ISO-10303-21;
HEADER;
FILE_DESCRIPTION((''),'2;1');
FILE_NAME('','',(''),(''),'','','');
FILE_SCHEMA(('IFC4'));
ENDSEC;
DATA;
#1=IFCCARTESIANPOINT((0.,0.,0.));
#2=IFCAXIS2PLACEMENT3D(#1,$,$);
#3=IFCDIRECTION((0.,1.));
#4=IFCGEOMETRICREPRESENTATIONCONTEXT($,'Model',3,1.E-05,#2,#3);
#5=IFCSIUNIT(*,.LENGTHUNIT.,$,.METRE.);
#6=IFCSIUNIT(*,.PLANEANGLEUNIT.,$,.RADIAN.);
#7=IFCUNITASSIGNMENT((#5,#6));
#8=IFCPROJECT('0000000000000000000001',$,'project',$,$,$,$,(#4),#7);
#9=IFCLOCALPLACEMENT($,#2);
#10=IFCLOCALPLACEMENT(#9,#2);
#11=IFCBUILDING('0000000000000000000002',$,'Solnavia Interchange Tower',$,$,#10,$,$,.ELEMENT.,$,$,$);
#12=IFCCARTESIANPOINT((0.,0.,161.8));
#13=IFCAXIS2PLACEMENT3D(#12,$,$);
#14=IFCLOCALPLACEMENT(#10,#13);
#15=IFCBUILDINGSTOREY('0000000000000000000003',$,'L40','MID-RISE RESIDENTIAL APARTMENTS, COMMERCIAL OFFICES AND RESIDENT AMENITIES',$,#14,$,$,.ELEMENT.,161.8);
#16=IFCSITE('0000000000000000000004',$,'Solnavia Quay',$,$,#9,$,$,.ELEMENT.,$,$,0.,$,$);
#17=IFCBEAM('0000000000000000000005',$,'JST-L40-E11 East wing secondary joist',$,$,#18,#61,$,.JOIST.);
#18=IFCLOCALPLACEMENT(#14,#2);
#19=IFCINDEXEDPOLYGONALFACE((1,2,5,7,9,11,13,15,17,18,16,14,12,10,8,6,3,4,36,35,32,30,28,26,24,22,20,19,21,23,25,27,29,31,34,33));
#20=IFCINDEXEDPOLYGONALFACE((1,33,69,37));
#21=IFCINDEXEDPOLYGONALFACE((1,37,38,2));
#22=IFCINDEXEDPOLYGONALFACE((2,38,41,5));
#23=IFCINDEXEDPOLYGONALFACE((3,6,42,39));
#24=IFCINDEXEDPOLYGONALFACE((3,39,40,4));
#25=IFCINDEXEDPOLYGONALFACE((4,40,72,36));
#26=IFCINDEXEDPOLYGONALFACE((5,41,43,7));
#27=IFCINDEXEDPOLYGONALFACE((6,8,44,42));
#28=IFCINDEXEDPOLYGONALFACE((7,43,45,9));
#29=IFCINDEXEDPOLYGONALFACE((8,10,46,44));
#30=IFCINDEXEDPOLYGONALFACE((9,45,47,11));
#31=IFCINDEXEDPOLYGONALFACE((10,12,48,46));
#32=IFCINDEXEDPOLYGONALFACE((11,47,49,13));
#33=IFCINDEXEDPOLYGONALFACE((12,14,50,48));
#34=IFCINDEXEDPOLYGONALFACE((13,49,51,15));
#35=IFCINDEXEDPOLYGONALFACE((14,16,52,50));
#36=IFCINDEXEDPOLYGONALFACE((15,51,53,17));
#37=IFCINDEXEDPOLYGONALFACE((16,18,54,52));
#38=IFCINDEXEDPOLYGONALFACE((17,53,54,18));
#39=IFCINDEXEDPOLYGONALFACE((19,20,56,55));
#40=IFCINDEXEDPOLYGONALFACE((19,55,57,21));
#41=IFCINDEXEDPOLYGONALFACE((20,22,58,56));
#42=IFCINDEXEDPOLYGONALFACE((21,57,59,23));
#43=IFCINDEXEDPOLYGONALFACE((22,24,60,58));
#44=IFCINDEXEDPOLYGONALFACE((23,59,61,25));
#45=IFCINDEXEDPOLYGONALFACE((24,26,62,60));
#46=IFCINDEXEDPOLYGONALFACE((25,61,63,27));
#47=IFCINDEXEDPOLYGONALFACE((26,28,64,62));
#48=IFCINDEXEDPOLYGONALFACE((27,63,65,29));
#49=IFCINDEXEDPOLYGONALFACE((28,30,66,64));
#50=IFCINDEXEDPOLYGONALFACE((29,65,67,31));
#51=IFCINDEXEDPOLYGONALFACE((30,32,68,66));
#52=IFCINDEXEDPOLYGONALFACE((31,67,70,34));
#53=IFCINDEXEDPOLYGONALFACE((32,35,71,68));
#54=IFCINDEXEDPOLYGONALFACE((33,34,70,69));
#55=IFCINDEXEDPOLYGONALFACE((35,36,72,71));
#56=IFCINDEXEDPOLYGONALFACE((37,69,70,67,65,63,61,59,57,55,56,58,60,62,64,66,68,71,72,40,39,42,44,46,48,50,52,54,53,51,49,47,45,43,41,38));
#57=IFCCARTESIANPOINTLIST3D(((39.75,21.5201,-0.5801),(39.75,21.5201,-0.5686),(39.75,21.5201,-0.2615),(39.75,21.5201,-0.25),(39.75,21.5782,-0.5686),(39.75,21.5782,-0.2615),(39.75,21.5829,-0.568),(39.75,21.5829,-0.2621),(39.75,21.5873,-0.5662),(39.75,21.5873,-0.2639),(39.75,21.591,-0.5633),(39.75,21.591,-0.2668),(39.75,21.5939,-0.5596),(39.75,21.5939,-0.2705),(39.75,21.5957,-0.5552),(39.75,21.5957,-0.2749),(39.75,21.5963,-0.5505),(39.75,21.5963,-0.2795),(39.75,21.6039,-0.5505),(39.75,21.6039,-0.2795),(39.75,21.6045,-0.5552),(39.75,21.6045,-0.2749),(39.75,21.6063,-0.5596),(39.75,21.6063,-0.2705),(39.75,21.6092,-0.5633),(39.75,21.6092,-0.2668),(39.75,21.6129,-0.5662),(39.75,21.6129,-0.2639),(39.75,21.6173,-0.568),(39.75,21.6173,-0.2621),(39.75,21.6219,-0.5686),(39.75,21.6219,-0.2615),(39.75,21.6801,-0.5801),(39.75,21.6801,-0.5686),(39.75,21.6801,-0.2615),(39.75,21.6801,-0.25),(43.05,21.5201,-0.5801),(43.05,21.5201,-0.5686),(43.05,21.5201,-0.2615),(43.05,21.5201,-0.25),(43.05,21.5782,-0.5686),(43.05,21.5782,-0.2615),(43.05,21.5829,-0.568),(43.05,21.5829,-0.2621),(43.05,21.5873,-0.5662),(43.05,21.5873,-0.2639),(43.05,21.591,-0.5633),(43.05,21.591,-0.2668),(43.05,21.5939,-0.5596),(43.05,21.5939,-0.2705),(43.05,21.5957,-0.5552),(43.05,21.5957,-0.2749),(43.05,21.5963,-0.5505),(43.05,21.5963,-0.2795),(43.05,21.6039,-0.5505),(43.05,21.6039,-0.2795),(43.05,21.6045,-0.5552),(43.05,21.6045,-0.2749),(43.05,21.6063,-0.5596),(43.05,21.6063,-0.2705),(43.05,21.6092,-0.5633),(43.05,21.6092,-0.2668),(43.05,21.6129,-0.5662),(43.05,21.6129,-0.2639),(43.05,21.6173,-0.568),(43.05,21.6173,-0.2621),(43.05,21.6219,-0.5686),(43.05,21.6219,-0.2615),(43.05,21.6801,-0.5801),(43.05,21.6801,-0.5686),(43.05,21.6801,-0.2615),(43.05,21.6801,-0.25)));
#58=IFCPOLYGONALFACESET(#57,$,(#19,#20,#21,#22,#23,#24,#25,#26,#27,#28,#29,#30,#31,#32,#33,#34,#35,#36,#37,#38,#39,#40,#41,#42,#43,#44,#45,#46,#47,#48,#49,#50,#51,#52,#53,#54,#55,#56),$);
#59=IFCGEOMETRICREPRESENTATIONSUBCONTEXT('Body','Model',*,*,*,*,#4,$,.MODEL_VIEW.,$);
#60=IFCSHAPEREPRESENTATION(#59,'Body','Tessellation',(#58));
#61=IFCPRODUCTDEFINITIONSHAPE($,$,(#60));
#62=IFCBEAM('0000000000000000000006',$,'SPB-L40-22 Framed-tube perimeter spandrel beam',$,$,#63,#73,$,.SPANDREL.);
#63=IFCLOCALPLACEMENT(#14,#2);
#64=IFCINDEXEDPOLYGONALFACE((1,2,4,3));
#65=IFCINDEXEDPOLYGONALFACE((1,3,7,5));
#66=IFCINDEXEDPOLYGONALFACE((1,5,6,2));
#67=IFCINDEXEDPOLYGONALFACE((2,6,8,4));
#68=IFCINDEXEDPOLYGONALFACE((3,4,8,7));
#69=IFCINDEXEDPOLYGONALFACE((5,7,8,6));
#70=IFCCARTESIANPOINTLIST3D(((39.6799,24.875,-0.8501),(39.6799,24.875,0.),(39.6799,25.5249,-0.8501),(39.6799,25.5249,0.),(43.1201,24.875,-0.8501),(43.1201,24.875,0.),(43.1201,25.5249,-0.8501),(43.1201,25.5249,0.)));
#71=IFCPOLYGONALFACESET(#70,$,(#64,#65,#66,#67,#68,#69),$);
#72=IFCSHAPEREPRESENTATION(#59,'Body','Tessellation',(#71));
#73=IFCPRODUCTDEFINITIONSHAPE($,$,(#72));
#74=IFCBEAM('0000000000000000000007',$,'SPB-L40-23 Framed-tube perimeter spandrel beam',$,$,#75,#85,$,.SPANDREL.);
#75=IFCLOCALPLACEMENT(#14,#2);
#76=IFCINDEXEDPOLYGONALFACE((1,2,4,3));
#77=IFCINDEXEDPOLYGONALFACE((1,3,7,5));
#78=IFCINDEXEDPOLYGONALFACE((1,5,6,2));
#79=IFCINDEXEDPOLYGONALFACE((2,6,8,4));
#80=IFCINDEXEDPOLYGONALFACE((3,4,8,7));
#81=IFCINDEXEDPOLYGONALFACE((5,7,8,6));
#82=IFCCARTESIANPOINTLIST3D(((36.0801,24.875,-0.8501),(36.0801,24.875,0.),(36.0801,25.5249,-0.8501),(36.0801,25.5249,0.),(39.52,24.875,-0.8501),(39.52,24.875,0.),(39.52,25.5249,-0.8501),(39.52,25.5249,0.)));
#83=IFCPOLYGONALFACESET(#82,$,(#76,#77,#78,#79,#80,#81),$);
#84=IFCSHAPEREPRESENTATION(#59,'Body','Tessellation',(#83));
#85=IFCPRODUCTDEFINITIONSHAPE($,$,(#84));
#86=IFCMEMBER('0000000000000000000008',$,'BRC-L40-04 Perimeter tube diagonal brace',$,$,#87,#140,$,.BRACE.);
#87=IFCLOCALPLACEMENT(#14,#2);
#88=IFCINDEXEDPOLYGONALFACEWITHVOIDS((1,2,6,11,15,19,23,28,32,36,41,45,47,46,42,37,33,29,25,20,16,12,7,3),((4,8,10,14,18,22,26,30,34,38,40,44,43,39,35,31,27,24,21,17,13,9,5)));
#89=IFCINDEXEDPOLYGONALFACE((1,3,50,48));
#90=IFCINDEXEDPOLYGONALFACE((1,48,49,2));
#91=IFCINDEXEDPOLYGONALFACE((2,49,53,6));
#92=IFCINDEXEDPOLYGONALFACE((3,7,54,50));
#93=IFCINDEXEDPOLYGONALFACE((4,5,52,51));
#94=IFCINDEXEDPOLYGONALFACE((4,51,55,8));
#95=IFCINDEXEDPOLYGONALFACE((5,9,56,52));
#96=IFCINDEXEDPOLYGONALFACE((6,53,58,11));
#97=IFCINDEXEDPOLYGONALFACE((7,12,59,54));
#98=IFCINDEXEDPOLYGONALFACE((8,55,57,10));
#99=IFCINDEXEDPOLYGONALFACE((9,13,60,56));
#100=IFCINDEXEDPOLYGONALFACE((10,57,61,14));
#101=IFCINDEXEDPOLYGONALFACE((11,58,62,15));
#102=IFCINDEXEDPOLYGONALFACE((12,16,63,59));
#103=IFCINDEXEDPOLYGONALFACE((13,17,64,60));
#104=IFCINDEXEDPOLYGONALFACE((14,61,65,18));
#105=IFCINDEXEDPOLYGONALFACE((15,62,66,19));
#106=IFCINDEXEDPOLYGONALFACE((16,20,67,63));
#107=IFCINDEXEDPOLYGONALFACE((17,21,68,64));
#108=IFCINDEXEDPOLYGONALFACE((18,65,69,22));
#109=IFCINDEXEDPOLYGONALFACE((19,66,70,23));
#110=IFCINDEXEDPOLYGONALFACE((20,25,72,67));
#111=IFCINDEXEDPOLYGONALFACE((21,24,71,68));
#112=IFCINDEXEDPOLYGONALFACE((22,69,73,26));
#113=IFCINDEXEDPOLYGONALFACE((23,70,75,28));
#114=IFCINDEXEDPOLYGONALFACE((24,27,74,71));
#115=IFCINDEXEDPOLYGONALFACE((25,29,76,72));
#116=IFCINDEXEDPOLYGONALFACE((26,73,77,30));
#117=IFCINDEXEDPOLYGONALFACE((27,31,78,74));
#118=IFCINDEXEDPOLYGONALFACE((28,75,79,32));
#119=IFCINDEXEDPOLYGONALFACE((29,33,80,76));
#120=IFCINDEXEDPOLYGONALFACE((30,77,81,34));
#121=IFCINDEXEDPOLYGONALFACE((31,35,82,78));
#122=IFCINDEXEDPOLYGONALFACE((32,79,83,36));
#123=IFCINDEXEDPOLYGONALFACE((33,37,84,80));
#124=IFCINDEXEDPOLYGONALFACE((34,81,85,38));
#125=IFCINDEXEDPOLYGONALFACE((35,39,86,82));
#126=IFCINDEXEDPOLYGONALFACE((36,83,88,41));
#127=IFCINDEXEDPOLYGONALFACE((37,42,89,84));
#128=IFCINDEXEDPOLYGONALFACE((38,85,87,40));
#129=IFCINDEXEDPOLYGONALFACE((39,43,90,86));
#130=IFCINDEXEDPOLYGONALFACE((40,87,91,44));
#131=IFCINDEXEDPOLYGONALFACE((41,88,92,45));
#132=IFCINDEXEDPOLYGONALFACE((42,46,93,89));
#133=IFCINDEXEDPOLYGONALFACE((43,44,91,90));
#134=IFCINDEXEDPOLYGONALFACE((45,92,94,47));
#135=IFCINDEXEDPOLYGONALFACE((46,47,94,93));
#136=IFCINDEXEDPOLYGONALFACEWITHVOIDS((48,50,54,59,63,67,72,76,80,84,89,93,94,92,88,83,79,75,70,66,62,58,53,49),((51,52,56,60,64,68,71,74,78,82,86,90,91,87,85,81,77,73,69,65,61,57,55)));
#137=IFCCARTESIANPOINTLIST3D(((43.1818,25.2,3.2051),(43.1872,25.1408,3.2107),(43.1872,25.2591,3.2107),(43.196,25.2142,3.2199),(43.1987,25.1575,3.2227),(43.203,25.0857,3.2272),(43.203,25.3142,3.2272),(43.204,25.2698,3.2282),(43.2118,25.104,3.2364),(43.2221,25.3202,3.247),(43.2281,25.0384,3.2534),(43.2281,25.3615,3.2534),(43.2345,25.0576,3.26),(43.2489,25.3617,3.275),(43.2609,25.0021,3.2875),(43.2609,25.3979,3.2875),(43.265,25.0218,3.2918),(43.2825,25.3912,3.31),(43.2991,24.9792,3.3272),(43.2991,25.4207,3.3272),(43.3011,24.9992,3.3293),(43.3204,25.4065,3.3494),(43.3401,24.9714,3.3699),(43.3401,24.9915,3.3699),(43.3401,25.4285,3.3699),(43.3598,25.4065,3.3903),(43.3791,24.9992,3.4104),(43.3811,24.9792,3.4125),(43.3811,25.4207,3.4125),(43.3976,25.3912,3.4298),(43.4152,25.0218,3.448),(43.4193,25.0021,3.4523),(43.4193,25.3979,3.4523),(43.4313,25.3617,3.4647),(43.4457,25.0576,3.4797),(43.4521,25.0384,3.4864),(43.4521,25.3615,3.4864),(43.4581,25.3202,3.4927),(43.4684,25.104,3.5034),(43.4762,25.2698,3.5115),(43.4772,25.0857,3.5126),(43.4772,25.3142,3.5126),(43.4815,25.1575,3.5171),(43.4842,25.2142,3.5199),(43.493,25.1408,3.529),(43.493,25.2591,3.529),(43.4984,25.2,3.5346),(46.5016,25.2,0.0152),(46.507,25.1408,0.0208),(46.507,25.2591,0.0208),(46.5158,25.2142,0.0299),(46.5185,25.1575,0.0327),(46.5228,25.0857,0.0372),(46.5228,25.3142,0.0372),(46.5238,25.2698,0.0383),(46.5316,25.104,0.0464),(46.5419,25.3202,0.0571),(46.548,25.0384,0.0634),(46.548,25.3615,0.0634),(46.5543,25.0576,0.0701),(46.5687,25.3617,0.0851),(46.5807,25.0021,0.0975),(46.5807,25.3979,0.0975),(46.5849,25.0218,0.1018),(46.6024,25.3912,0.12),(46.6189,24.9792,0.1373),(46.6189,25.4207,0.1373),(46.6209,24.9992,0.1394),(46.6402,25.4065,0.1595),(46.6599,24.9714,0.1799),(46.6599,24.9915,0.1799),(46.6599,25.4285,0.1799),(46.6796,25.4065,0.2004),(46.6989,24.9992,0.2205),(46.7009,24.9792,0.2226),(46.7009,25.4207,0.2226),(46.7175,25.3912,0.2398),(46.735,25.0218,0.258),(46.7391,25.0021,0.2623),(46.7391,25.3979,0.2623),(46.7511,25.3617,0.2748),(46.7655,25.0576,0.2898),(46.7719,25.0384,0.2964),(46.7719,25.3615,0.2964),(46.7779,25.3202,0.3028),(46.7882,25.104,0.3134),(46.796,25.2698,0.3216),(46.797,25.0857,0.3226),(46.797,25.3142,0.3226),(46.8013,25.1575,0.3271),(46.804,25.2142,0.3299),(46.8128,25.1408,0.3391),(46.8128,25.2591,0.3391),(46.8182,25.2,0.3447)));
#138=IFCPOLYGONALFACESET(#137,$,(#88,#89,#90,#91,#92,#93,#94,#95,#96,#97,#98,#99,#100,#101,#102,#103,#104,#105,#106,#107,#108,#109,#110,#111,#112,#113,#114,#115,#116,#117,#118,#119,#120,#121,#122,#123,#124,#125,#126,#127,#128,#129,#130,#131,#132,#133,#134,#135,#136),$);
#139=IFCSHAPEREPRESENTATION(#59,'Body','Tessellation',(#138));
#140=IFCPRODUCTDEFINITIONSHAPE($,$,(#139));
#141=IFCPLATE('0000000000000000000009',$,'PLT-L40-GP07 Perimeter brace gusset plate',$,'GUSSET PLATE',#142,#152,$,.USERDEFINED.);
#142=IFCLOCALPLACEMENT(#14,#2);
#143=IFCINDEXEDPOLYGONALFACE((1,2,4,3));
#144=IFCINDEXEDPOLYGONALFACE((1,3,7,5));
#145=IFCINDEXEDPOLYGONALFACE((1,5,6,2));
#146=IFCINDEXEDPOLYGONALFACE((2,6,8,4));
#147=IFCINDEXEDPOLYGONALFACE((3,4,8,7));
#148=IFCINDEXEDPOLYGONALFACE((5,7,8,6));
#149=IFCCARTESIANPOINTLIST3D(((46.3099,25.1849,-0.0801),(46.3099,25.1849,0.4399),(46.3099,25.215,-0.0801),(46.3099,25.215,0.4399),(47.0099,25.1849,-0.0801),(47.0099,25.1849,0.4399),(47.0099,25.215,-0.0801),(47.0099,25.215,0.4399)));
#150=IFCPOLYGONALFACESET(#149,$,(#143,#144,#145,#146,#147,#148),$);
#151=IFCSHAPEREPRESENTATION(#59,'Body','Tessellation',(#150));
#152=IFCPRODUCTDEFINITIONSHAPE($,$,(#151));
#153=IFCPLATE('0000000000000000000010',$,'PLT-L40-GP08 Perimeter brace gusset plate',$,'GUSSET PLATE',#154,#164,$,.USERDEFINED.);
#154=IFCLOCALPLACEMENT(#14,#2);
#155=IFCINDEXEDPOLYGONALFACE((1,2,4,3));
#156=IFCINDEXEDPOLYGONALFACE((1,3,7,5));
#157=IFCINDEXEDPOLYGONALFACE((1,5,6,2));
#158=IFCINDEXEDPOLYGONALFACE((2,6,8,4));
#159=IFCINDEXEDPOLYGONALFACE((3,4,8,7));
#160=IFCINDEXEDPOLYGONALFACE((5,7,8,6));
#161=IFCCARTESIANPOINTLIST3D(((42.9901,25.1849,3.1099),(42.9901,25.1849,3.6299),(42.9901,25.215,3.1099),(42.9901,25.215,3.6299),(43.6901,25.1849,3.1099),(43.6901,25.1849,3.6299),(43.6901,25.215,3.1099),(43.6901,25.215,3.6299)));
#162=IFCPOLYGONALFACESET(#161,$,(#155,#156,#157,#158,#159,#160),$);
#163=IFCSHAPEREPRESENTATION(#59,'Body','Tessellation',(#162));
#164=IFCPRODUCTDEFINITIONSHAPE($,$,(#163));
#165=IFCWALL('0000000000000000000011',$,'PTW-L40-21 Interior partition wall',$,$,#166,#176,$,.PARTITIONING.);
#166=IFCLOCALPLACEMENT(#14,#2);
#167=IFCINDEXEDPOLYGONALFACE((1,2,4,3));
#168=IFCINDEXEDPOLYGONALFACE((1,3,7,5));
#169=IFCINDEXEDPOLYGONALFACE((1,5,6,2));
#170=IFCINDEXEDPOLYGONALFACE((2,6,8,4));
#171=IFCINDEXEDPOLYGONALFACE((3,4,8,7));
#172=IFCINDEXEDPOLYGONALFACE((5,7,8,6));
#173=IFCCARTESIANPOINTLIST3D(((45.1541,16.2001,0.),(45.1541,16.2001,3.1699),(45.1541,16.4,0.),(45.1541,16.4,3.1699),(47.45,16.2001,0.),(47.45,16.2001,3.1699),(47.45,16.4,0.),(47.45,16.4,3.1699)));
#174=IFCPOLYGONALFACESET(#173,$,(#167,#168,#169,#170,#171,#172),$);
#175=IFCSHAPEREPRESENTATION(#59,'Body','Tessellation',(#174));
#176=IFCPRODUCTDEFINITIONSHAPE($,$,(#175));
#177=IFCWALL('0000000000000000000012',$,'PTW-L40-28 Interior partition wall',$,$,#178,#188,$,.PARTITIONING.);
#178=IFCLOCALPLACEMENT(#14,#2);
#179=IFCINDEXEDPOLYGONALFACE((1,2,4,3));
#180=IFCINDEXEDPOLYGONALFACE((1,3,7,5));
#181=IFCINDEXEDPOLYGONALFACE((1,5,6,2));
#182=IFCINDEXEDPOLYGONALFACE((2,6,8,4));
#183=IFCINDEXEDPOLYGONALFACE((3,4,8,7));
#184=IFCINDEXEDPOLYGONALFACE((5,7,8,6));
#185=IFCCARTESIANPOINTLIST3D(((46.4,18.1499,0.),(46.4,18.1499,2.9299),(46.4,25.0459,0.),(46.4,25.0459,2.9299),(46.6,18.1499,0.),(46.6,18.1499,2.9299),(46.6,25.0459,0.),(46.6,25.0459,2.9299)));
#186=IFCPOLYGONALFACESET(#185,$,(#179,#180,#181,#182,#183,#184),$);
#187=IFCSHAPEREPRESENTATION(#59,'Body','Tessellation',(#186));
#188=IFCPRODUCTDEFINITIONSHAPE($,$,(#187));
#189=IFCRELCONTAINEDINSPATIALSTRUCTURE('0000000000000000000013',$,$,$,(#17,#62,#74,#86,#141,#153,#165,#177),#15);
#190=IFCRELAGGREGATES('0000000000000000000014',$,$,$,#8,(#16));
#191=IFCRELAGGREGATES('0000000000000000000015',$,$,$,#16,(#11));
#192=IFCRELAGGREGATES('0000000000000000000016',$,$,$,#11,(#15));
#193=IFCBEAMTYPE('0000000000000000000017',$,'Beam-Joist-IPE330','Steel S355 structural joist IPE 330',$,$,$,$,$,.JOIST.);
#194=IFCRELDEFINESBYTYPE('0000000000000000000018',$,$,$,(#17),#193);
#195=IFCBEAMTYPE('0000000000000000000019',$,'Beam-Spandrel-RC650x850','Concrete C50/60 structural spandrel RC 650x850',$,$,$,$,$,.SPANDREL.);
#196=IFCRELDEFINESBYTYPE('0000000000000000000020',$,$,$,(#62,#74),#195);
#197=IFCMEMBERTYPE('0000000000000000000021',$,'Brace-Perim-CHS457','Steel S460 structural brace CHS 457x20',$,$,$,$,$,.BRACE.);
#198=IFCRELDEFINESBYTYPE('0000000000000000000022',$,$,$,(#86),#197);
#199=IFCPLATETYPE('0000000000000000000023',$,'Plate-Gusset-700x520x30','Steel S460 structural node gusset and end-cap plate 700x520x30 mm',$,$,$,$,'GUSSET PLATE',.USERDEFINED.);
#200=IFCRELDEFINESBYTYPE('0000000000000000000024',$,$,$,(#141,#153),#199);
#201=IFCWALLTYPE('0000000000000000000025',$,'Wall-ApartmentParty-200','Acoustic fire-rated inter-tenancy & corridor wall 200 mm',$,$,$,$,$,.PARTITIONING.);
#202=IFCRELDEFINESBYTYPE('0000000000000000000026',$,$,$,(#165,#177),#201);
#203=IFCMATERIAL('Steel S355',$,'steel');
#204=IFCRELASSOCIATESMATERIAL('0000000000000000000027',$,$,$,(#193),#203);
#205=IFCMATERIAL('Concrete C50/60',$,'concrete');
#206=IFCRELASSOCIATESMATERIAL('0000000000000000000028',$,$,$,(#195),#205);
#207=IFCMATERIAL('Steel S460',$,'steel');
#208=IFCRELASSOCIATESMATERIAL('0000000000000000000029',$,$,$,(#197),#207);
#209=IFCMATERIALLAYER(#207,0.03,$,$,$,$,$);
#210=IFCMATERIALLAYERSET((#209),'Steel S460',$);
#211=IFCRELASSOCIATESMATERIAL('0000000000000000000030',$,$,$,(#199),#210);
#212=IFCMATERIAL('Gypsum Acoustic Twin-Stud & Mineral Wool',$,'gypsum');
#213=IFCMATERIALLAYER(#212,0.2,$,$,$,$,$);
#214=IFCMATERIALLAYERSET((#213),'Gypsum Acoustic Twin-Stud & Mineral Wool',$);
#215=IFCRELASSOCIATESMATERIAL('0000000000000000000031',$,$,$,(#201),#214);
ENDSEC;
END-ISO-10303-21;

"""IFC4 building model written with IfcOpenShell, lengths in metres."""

from ifc_helpers import new_model, si_unit, direction, frame, frame_2d, origin, origin_2d, place, context, subcontext, project, spatial, rectangle, hollow_circle, i_section, extrude, material, layer, layer_set, material_profile, profile_set, type_object, element, save


model = new_model("IFC4")

# Units and contexts
model_context = context("Model", 3, precision=1e-05, world=origin(), true_north=direction((0.0, 1.0)))
body_context = subcontext(model_context, "Body", "Model", "MODEL_VIEW")
ifc_project = project(units=[si_unit("LENGTHUNIT", "METRE"), si_unit("PLANEANGLEUNIT", "RADIAN")], contexts=[model_context])

# Site, building, storey
site_placement = place(None, origin())
site = spatial("IfcSite", under=ifc_project, at=site_placement, Name="Solnavia Quay", CompositionType="ELEMENT", RefElevation=0.0)
building_placement = place(site_placement, origin())
building = spatial("IfcBuilding", under=site, at=building_placement, Name="Solnavia Interchange Tower", CompositionType="ELEMENT")
storey_placement = place(building_placement, frame((0.0, 0.0, 161.8)))
storey = spatial("IfcBuildingStorey", under=building, at=storey_placement, Name="L40", Description="MID-RISE RESIDENTIAL APARTMENTS, COMMERCIAL OFFICES AND RESIDENT AMENITIES", CompositionType="ELEMENT", Elevation=161.8)

# Shared definitions
ifc_material_1 = material(Name="Concrete C50/60", Category="concrete")

# Beams
ifc_material_2 = material(Name="Steel S355", Category="steel")
ifc_material_profile_1 = material_profile(ifc_material_2, i_section(OverallWidth=0.1599, OverallDepth=0.3301, WebThickness=0.0076, FlangeThickness=0.0115, FilletRadius=0.0181, at=origin_2d()), Name="IPE 330")
ifc_profile_set_1 = profile_set([ifc_material_profile_1], Name="Steel S355")
beam_type_1 = type_object("IfcBeamType", Name="Beam-Joist-IPE330", Description="Steel S355 structural joist IPE 330", PredefinedType="JOIST", material=ifc_profile_set_1)
for number, where, z_axis, x_axis, name in (
    (1, (39.75, 21.6001, -0.415), (1.0, 0.0, 0.0), (0.0, 1.0, 0.0), "JST-L40-E11 East wing secondary joist"),
):
    element("IfcBeam", number, at=place(storey_placement, frame(where, z_axis=z_axis, x_axis=x_axis)), inside=storey, type_object=beam_type_1, Name=name, PredefinedType="JOIST", context=body_context, shape_type="SweptSolid", body=[
        extrude(i_section(OverallWidth=0.1599, OverallDepth=0.3301, WebThickness=0.0076, FlangeThickness=0.0115, FilletRadius=0.0181, at=origin_2d()), origin(), (0.0, 0.0, 1.0), 3.3),
    ])
ifc_material_profile_2 = material_profile(ifc_material_1, rectangle(XDim=0.6499, YDim=0.8501, at=origin_2d()), Name="RC 650x850")
ifc_profile_set_2 = profile_set([ifc_material_profile_2], Name="Concrete C50/60")
beam_type_2 = type_object("IfcBeamType", Name="Beam-Spandrel-RC650x850", Description="Concrete C50/60 structural spandrel RC 650x850", PredefinedType="SPANDREL", material=ifc_profile_set_2)
beam_1_placement = place(storey_placement, frame((43.1201, 25.2, -0.425), z_axis=(-1.0, 0.0, 0.0), x_axis=(0.0, -1.0, 0.0)))
element("IfcBeam", 2, at=beam_1_placement, inside=storey, type_object=beam_type_2, Name="SPB-L40-22 Framed-tube perimeter spandrel beam", PredefinedType="SPANDREL", context=body_context, shape_type="SweptSolid", body=[
    extrude(rectangle(XDim=0.6499, YDim=0.8501, at=origin_2d()), origin(), (0.0, 0.0, 1.0), 3.4402),
])
beam_2_placement = place(storey_placement, frame((39.52, 25.2, -0.425), z_axis=(-1.0, 0.0, 0.0), x_axis=(0.0, -1.0, 0.0)))
element("IfcBeam", 3, at=beam_2_placement, inside=storey, type_object=beam_type_2, Name="SPB-L40-23 Framed-tube perimeter spandrel beam", PredefinedType="SPANDREL", context=body_context, shape_type="SweptSolid", body=[
    extrude(rectangle(XDim=0.6499, YDim=0.8501, at=origin_2d()), origin(), (0.0, 0.0, 1.0), 3.4399),
])

# Member
ifc_material_3 = material(Name="Steel S460", Category="steel")
ifc_material_profile_3 = material_profile(ifc_material_3, hollow_circle(Radius=0.2285, WallThickness=0.02, at=origin_2d()), Name="CHS 457x20")
ifc_profile_set_3 = profile_set([ifc_material_profile_3], Name="Steel S460")
member_type = type_object("IfcMemberType", Name="Brace-Perim-CHS457", Description="Steel S460 structural brace CHS 457x20", PredefinedType="BRACE", material=ifc_profile_set_3)
member_placement = place(storey_placement, frame((46.6599, 25.2, 0.1799), z_axis=(-0.721071, 0.0, 0.692861), x_axis=(0.0, -1.0, 0.0)))
element("IfcMember", 4, at=member_placement, inside=storey, type_object=member_type, Name="BRC-L40-04 Perimeter tube diagonal brace", PredefinedType="BRACE", context=body_context, shape_type="SweptSolid", body=[
    extrude(hollow_circle(Radius=0.2285, WallThickness=0.02, at=origin_2d()), origin(), (0.0, 0.0, 1.0), 4.604),
])

# Plates
ifc_layer_1 = layer(ifc_material_3, 0.03)
ifc_layer_set_1 = layer_set([ifc_layer_1], Name="Steel S460")
plate_type = type_object("IfcPlateType", Name="Plate-Gusset-700x520x30", Description="Steel S460 structural node gusset and end-cap plate 700x520x30 mm", ElementType="GUSSET PLATE", PredefinedType="USERDEFINED", material=ifc_layer_set_1)
for number, where, z_axis, x_axis, name in (
    (5, (46.6599, 25.2, -0.0801), (0.0, 0.0, 1.0), (-1.0, 0.0, 0.0), "PLT-L40-GP07 Perimeter brace gusset plate"),
    (6, (43.3401, 25.2, 3.1099), (0.0, 0.0, 1.0), (-1.0, 0.0, 0.0), "PLT-L40-GP08 Perimeter brace gusset plate"),
):
    element("IfcPlate", number, at=place(storey_placement, frame(where, z_axis=z_axis, x_axis=x_axis)), inside=storey, type_object=plate_type, Name=name, ObjectType="GUSSET PLATE", PredefinedType="USERDEFINED", context=body_context, shape_type="SweptSolid", body=[
        extrude(rectangle(XDim=0.7, YDim=0.03, at=origin_2d()), origin(), (0.0, 0.0, 1.0), 0.52),
    ])

# Walls
ifc_material_4 = material(Name="Gypsum Acoustic Twin-Stud & Mineral Wool", Category="gypsum")
ifc_layer_2 = layer(ifc_material_4, 0.2)
ifc_layer_set_2 = layer_set([ifc_layer_2], Name="Gypsum Acoustic Twin-Stud & Mineral Wool")
wall_type_1 = type_object("IfcWallType", Name="Wall-ApartmentParty-200", Description="Acoustic fire-rated inter-tenancy & corridor wall 200 mm", PredefinedType="PARTITIONING", material=ifc_layer_set_2)
wall_1_placement = place(storey_placement, frame((45.1541, 16.3, 0.0), z_axis=(0.0, 0.0, 1.0), x_axis=(1.0, 0.0, 0.0)))
element("IfcWall", 7, at=wall_1_placement, inside=storey, type_object=wall_type_1, Name="PTW-L40-21 Interior partition wall", PredefinedType="PARTITIONING", context=body_context, shape_type="SweptSolid", body=[
    extrude(rectangle(XDim=2.2959, YDim=0.2, at=frame_2d((1.1479, 0.0))), origin(), (0.0, 0.0, 1.0), 3.1699),
])
wall_2_placement = place(storey_placement, frame((46.5, 18.1499, 0.0), z_axis=(0.0, 0.0, 1.0), x_axis=(0.0, 1.0, 0.0)))
element("IfcWall", 8, at=wall_2_placement, inside=storey, type_object=wall_type_1, Name="PTW-L40-28 Interior partition wall", PredefinedType="PARTITIONING", context=body_context, shape_type="SweptSolid", body=[
    extrude(rectangle(XDim=6.896, YDim=0.2, at=frame_2d((3.448, 0.0))), origin(), (0.0, 0.0, 1.0), 2.9299),
])

save(model, "model.ifc")
